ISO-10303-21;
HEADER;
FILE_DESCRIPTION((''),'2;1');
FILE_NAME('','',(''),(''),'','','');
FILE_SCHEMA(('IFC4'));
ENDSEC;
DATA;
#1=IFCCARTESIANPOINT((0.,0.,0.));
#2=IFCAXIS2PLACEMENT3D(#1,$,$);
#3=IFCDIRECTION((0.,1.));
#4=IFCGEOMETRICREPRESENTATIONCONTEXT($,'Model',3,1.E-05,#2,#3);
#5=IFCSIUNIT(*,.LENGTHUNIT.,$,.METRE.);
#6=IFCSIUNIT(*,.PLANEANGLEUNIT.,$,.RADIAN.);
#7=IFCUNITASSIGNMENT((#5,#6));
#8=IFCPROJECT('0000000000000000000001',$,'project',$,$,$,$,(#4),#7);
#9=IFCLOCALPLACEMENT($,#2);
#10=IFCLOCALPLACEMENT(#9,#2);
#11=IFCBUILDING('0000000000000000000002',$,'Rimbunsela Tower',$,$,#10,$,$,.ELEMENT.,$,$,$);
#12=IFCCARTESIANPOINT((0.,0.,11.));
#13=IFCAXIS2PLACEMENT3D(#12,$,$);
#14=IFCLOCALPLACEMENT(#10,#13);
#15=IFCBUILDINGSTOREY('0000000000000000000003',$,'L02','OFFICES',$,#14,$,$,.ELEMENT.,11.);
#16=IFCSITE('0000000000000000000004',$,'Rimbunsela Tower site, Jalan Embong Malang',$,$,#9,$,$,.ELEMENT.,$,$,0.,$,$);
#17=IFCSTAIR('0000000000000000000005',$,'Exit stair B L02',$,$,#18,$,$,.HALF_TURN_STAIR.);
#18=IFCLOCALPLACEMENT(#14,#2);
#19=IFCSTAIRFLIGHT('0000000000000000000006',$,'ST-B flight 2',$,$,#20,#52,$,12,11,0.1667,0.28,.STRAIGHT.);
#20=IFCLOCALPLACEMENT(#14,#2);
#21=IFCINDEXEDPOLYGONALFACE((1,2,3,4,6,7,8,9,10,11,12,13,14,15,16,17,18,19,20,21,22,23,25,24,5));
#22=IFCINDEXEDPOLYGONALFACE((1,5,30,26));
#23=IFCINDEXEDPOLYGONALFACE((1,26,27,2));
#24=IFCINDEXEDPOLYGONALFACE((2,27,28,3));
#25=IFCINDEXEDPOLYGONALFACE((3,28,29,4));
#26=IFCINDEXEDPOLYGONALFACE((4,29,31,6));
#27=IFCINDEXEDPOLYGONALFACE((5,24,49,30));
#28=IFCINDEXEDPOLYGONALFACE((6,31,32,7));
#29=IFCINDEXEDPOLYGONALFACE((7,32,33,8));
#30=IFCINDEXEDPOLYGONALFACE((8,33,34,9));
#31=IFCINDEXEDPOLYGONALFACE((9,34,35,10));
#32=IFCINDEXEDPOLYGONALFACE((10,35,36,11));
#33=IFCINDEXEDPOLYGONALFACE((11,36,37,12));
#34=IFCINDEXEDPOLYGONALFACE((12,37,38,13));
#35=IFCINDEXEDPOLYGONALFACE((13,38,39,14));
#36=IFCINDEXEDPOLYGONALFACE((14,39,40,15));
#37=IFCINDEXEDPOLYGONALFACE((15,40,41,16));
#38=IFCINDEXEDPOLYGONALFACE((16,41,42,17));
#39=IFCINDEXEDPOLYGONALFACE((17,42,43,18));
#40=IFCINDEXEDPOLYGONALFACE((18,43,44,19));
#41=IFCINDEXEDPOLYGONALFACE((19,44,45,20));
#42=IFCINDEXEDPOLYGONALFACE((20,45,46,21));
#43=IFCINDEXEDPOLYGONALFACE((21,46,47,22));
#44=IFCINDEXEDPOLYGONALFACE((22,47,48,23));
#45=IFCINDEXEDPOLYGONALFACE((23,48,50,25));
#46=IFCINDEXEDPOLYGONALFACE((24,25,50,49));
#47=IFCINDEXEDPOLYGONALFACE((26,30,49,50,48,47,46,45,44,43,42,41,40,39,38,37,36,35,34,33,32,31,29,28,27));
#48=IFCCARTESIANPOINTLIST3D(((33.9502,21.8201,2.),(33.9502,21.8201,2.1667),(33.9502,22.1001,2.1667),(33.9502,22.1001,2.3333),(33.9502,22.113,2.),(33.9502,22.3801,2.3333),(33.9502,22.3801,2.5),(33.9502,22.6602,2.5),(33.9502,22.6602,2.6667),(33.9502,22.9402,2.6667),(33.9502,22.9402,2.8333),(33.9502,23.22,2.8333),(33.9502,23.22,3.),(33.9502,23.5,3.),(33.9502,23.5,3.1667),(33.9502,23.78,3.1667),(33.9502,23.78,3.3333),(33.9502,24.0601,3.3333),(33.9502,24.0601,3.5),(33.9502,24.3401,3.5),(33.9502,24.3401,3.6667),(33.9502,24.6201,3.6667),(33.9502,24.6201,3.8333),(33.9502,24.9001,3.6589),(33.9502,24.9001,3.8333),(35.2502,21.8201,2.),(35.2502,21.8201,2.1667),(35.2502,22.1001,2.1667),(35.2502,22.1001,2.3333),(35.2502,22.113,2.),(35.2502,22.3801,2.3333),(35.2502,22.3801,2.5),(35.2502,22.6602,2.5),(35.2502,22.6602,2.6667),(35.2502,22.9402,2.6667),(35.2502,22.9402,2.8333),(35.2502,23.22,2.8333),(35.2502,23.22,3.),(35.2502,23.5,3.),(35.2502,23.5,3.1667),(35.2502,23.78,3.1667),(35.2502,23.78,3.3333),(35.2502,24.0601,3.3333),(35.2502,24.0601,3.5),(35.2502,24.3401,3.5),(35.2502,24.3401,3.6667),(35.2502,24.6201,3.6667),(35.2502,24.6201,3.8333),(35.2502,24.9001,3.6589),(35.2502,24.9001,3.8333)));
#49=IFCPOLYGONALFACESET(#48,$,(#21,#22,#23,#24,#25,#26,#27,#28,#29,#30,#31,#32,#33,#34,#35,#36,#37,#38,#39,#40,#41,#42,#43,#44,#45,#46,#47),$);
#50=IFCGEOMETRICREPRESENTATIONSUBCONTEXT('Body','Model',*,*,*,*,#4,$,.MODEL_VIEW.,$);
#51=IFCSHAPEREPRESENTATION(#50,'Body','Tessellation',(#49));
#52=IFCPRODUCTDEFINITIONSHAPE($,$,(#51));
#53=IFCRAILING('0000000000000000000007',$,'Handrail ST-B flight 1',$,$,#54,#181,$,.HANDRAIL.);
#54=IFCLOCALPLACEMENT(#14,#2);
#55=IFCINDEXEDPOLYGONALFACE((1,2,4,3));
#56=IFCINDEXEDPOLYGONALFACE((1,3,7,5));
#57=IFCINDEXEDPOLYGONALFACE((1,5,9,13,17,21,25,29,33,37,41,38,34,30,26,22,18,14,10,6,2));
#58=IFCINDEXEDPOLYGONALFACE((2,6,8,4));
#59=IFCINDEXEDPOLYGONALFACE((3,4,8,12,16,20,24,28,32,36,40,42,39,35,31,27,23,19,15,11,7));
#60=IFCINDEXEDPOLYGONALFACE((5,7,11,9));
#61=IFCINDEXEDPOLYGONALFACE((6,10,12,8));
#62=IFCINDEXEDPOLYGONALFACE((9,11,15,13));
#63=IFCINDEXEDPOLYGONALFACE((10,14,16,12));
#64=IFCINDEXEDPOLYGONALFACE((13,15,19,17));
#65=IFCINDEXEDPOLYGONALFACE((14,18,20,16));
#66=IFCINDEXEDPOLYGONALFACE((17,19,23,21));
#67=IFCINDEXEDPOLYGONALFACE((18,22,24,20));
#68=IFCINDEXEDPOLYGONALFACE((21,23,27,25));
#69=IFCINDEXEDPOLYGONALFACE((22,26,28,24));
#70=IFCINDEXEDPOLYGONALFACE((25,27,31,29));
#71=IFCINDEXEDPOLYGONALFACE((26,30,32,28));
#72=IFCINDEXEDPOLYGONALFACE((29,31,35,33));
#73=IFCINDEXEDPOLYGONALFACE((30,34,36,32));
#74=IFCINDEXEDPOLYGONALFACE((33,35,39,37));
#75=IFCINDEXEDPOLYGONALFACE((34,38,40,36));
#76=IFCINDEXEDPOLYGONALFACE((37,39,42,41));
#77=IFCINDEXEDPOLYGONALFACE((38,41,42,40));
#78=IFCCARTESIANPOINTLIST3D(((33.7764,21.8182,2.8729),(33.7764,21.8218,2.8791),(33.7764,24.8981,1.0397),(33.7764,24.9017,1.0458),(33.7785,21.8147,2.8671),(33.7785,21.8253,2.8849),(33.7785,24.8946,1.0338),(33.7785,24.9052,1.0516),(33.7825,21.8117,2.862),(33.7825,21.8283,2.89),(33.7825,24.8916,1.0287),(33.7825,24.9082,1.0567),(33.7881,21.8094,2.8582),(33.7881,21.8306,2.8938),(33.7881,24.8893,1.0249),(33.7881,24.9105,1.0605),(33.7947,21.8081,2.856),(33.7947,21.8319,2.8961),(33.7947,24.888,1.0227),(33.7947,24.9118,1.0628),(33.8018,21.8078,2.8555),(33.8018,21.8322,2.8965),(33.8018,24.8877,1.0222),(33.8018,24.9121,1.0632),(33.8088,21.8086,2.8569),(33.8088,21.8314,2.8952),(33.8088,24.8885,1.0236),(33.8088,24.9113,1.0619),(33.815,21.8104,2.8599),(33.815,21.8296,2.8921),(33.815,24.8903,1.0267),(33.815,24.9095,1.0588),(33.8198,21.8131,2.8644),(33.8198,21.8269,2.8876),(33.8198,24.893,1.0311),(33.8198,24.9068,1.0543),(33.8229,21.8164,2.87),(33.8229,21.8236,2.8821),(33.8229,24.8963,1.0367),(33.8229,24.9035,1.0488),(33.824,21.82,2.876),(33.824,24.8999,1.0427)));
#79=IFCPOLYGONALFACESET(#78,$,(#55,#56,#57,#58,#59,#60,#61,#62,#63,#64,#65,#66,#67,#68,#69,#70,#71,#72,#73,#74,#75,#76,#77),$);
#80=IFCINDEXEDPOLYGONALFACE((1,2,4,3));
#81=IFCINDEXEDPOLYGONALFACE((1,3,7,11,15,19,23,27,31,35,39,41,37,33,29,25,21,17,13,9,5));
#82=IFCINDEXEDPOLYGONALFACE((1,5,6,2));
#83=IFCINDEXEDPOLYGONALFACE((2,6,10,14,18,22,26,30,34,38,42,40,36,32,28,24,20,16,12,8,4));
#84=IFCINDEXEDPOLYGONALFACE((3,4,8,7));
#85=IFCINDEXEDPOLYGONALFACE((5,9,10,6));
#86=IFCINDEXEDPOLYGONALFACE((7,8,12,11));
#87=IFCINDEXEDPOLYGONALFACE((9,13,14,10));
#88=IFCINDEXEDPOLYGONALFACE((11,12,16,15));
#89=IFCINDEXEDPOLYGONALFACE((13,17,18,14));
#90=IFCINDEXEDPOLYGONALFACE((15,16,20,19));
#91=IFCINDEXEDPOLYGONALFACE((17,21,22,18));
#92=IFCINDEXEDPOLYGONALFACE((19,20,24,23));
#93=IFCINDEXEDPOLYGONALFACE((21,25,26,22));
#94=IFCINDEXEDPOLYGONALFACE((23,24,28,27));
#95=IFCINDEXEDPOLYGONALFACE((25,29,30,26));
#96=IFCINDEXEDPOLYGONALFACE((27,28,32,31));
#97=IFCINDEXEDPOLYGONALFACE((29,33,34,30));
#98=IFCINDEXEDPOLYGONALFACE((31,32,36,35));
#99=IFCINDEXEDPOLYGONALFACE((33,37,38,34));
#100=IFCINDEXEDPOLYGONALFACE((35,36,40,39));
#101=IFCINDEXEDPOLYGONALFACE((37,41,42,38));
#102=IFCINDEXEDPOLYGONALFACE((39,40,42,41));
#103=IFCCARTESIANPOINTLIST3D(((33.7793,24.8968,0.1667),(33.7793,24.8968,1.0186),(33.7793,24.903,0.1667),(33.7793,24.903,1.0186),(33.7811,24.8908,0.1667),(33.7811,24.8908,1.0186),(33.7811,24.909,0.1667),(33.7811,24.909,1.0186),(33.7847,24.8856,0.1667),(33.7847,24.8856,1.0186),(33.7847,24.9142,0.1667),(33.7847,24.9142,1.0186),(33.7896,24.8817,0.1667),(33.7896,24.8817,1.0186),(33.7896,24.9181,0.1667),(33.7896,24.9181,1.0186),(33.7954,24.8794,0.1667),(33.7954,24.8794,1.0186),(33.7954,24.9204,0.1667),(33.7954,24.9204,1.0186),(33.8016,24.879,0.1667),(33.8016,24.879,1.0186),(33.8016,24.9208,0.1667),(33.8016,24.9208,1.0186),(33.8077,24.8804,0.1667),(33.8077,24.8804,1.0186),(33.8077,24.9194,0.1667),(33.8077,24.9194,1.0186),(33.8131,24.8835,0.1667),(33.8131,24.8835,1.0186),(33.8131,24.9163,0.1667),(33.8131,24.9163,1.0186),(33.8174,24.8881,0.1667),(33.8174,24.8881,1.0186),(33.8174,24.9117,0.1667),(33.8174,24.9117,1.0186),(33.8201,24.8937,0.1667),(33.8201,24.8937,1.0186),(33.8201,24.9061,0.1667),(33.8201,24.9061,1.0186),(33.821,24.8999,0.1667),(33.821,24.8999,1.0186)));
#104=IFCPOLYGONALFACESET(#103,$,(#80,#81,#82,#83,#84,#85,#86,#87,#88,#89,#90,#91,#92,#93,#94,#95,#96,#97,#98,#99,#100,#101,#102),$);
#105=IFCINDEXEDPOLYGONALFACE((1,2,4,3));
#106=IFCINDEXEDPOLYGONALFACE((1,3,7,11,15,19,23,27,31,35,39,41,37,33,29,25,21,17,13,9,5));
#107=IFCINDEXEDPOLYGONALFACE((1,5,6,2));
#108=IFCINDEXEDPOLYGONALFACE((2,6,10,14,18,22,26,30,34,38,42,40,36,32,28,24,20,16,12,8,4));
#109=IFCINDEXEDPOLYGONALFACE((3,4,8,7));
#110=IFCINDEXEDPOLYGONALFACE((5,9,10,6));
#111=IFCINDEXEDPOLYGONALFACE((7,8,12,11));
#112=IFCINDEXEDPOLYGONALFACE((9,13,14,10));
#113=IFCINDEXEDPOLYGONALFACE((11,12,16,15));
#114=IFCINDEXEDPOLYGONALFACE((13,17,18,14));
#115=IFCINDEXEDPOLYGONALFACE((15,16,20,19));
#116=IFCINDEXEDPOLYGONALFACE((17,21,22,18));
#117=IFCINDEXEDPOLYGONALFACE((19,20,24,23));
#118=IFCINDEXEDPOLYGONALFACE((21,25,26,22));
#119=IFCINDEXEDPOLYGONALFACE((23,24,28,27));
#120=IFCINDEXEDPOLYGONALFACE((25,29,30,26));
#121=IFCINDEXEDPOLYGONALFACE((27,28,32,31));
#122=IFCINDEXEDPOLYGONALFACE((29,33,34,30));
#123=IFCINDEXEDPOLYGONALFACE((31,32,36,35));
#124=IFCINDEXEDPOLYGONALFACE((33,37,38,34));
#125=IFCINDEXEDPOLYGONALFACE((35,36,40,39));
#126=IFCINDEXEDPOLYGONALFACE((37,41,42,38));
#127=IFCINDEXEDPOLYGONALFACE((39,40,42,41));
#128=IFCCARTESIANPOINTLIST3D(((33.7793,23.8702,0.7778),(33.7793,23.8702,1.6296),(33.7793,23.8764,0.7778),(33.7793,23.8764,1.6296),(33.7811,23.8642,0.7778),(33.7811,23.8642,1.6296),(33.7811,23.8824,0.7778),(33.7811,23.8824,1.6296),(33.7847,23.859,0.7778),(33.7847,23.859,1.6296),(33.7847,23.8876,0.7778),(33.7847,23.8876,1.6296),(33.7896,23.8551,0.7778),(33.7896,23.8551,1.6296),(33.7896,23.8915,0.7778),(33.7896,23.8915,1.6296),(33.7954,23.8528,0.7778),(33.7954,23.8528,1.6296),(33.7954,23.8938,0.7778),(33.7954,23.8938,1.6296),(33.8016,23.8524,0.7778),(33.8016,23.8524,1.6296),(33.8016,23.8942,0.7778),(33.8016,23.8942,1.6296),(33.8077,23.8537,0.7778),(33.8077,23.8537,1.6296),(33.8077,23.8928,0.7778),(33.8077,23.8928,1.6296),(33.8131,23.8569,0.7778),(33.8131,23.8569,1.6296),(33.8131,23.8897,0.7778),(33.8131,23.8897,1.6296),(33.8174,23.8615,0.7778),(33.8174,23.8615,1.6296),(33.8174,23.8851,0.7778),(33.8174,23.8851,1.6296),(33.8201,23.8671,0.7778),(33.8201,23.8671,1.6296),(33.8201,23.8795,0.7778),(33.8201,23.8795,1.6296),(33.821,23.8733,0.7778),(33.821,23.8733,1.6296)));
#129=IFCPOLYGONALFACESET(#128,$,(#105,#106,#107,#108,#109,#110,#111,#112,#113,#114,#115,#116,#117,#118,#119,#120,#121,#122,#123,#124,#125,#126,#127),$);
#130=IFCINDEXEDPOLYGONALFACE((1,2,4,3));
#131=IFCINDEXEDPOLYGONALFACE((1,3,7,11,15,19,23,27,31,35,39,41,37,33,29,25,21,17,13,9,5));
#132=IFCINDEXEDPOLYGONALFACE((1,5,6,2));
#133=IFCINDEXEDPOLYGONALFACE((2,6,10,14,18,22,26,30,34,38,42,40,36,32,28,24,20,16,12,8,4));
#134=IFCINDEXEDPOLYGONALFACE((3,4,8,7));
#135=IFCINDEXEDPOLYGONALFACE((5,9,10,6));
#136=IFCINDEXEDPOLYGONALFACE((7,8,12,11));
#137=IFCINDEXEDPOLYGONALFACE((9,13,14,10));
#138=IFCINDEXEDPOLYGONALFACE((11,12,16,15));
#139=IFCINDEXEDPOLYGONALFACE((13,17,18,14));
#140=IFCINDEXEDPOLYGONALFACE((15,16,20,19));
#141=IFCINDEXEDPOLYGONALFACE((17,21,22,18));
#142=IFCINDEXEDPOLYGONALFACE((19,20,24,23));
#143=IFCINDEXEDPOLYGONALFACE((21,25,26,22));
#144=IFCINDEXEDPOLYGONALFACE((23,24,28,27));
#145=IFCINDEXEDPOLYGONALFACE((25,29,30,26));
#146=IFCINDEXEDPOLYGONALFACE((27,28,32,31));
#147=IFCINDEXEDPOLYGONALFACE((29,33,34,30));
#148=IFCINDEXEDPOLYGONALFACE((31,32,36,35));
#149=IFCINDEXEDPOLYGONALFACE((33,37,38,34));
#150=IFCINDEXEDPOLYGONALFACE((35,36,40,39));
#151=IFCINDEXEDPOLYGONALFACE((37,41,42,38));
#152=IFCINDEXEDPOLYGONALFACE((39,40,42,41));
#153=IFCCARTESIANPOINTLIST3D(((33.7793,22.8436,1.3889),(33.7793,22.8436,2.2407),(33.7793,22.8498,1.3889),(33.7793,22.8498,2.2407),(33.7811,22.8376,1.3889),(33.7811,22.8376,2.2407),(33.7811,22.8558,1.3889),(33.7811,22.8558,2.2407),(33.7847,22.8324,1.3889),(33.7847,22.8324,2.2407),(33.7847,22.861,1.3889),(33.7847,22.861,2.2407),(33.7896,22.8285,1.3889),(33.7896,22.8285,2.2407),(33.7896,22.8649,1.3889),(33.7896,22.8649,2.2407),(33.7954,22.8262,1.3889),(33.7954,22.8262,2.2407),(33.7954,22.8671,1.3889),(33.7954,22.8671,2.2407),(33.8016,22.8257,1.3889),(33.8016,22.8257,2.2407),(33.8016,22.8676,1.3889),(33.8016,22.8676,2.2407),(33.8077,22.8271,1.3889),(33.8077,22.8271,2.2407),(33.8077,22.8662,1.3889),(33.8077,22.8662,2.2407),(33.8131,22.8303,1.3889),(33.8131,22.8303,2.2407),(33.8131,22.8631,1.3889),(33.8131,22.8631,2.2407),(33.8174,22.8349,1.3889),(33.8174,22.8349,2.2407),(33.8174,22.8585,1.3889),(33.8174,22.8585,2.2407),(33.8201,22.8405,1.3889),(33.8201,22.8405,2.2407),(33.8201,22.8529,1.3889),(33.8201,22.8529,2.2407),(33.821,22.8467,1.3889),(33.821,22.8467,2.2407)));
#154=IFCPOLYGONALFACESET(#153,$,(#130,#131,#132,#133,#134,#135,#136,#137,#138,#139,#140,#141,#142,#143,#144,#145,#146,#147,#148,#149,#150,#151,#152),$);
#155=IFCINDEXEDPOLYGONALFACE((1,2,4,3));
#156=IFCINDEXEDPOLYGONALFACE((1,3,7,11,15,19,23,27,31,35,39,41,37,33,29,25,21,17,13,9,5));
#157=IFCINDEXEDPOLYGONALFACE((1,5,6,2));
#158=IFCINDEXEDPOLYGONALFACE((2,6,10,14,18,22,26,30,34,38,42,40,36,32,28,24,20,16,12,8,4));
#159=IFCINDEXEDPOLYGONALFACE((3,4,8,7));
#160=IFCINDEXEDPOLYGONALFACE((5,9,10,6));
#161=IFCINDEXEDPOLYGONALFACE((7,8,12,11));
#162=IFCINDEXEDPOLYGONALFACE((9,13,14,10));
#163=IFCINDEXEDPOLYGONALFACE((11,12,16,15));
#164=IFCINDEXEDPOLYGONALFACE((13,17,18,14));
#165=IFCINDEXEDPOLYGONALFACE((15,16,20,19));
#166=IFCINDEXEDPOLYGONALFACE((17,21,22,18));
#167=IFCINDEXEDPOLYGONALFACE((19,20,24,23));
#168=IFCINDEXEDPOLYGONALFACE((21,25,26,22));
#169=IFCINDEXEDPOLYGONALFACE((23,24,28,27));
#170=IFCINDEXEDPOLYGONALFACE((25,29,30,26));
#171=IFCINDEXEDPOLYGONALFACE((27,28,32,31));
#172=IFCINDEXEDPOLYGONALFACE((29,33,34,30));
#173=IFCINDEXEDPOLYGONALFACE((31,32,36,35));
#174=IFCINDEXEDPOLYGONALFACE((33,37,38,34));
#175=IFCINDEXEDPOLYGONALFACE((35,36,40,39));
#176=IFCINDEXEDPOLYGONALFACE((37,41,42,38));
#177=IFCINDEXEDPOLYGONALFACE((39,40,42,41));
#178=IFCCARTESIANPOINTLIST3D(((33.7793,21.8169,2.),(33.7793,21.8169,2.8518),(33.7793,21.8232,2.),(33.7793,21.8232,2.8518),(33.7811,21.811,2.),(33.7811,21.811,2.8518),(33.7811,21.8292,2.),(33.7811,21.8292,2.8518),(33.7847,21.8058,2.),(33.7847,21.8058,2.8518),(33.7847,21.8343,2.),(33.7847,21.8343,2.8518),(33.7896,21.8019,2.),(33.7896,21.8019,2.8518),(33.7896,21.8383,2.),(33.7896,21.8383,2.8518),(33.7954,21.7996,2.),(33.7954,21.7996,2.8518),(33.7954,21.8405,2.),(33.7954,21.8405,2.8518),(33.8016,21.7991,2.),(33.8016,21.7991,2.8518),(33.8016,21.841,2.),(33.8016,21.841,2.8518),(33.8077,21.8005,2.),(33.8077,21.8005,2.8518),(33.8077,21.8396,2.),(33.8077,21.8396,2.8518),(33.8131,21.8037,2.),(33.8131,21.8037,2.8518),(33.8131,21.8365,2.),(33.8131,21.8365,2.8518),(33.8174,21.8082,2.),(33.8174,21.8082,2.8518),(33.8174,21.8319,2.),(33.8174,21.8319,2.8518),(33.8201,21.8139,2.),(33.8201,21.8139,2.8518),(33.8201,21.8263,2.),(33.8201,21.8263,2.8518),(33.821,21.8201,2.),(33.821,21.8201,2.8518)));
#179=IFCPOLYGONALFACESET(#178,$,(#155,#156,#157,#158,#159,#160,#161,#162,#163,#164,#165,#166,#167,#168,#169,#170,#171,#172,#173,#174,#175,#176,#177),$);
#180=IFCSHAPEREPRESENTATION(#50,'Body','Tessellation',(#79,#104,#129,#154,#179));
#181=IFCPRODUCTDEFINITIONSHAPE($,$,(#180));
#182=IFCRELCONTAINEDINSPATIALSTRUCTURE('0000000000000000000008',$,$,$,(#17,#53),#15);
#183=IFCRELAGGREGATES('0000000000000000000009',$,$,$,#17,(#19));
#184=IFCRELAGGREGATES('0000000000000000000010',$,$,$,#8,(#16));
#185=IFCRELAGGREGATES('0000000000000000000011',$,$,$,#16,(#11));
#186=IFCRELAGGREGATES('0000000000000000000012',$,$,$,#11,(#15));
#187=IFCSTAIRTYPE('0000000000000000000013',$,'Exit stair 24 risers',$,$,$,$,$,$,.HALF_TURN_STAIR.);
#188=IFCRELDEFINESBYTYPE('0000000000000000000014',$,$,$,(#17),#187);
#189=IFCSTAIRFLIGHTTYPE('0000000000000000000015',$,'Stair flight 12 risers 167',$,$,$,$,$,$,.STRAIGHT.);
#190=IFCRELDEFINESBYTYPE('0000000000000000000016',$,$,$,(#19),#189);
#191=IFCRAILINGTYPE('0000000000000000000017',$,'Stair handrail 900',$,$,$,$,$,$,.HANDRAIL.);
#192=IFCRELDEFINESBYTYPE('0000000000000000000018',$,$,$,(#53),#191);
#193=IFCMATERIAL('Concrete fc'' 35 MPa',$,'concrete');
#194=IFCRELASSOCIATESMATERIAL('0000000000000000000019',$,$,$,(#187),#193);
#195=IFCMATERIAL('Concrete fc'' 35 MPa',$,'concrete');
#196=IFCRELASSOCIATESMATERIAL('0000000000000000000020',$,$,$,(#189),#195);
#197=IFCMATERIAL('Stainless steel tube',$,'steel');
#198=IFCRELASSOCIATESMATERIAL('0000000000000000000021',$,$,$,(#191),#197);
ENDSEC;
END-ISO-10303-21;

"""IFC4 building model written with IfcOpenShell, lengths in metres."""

from ifc_helpers import new_model, si_unit, direction, frame, origin, origin_2d, place, context, subcontext, project, spatial, polyline, circle, outline, extrude, material, type_object, element, aggregate, save


model = new_model("IFC4")

# Units and contexts
model_context = context("Model", 3, precision=1e-05, world=origin(), true_north=direction((0.0, 1.0)))
body_context = subcontext(model_context, "Body", "Model", "MODEL_VIEW")
ifc_project = project(units=[si_unit("LENGTHUNIT", "METRE"), si_unit("PLANEANGLEUNIT", "RADIAN")], contexts=[model_context])

# Site, building, storey
site_placement = place(None, origin())
site = spatial("IfcSite", under=ifc_project, at=site_placement, Name="Rimbunsela Tower site, Jalan Embong Malang", CompositionType="ELEMENT", RefElevation=0.0)
building_placement = place(site_placement, origin())
building = spatial("IfcBuilding", under=site, at=building_placement, Name="Rimbunsela Tower", CompositionType="ELEMENT")
storey_placement = place(building_placement, frame((0.0, 0.0, 11.0)))
storey = spatial("IfcBuildingStorey", under=building, at=storey_placement, Name="L02", Description="OFFICES", CompositionType="ELEMENT", Elevation=11.0)

# Stair, stair flight
ifc_material_1 = material(Name="Concrete fc' 35 MPa", Category="concrete")
stair_type = type_object("IfcStairType", Name="Exit stair 24 risers", PredefinedType="HALF_TURN_STAIR", material=ifc_material_1)
stair_placement = place(storey_placement, origin())
stair = element("IfcStair", 1, at=stair_placement, inside=storey, type_object=stair_type, Name="Exit stair B L02", PredefinedType="HALF_TURN_STAIR")
ifc_material_2 = material(Name="Concrete fc' 35 MPa", Category="concrete")
stair_flight_type = type_object("IfcStairFlightType", Name="Stair flight 12 risers 167", PredefinedType="STRAIGHT", material=ifc_material_2)
stair_flight_1_placement = place(storey_placement, frame((34.6001, 21.8201, 2.0), z_axis=(0.0, 0.0, 1.0), x_axis=(0.0, 1.0, 0.0)))
stair_flight_1 = element("IfcStairFlight", 2, at=stair_flight_1_placement, type_object=stair_flight_type, Name="ST-B flight 2", NumberOfRisers=12, NumberOfTreads=11, PredefinedType="STRAIGHT", RiserHeight=0.1667, TreadLength=0.28, context=body_context, shape_type="SweptSolid", body=[
    extrude(outline(polyline([(0.0, 0.0), (0.0, 0.1667), (0.28, 0.1667), (0.28, 0.3333), (0.5601, 0.3333), (0.5601, 0.5), (0.8401, 0.5), (0.8401, 0.6667), (1.1201, 0.6667), (1.1201, 0.8333), (1.3999, 0.8333), (1.3999, 1.0), (1.6799, 1.0), (1.6799, 1.1667), (1.96, 1.1667), (1.96, 1.3333), (2.24, 1.3333), (2.24, 1.5), (2.52, 1.5), (2.52, 1.6667), (2.8, 1.6667), (2.8, 1.8333), (3.0801, 1.8333), (3.0801, 2.0), (3.0801, 1.6589), (0.293, 0.0), (0.0, 0.0)])), frame((0.0, 0.6499, 0.0), z_axis=(0.0, -1.0, 0.0), x_axis=(1.0, 0.0, 0.0)), (0.0, 0.0, 1.0), 1.3),
])
aggregate(stair, [stair_flight_1])

# Railing
ifc_material_3 = material(Name="Stainless steel tube", Category="steel")
railing_type = type_object("IfcRailingType", Name="Stair handrail 900", PredefinedType="HANDRAIL", material=ifc_material_3)
railing_1_placement = place(storey_placement, frame((33.8, 24.8999, 0.1667)))
element("IfcRailing", 3, at=railing_1_placement, inside=storey, type_object=railing_type, Name="Handrail ST-B flight 1", PredefinedType="HANDRAIL", context=body_context, shape_type="SweptSolid", body=[
    extrude(circle(Radius=0.0239, at=origin_2d()), frame((0.0, 0.0, 0.876), z_axis=(0.0, -0.859291, 0.511487), x_axis=(1.0, 0.0, 0.0)), (0.0, 0.0, 1.0), 3.5842),
    extrude(circle(Radius=0.021, at=origin_2d()), origin(), (0.0, 0.0, 1.0), 0.8518),
    extrude(circle(Radius=0.021, at=origin_2d()), frame((0.0, -1.0266, 0.6111)), (0.0, 0.0, 1.0), 0.8518),
    extrude(circle(Radius=0.021, at=origin_2d()), frame((0.0, -2.0532, 1.2222)), (0.0, 0.0, 1.0), 0.8518),
    extrude(circle(Radius=0.021, at=origin_2d()), frame((0.0, -3.0798, 1.8333)), (0.0, 0.0, 1.0), 0.8518),
])

save(model, "model.ifc")
